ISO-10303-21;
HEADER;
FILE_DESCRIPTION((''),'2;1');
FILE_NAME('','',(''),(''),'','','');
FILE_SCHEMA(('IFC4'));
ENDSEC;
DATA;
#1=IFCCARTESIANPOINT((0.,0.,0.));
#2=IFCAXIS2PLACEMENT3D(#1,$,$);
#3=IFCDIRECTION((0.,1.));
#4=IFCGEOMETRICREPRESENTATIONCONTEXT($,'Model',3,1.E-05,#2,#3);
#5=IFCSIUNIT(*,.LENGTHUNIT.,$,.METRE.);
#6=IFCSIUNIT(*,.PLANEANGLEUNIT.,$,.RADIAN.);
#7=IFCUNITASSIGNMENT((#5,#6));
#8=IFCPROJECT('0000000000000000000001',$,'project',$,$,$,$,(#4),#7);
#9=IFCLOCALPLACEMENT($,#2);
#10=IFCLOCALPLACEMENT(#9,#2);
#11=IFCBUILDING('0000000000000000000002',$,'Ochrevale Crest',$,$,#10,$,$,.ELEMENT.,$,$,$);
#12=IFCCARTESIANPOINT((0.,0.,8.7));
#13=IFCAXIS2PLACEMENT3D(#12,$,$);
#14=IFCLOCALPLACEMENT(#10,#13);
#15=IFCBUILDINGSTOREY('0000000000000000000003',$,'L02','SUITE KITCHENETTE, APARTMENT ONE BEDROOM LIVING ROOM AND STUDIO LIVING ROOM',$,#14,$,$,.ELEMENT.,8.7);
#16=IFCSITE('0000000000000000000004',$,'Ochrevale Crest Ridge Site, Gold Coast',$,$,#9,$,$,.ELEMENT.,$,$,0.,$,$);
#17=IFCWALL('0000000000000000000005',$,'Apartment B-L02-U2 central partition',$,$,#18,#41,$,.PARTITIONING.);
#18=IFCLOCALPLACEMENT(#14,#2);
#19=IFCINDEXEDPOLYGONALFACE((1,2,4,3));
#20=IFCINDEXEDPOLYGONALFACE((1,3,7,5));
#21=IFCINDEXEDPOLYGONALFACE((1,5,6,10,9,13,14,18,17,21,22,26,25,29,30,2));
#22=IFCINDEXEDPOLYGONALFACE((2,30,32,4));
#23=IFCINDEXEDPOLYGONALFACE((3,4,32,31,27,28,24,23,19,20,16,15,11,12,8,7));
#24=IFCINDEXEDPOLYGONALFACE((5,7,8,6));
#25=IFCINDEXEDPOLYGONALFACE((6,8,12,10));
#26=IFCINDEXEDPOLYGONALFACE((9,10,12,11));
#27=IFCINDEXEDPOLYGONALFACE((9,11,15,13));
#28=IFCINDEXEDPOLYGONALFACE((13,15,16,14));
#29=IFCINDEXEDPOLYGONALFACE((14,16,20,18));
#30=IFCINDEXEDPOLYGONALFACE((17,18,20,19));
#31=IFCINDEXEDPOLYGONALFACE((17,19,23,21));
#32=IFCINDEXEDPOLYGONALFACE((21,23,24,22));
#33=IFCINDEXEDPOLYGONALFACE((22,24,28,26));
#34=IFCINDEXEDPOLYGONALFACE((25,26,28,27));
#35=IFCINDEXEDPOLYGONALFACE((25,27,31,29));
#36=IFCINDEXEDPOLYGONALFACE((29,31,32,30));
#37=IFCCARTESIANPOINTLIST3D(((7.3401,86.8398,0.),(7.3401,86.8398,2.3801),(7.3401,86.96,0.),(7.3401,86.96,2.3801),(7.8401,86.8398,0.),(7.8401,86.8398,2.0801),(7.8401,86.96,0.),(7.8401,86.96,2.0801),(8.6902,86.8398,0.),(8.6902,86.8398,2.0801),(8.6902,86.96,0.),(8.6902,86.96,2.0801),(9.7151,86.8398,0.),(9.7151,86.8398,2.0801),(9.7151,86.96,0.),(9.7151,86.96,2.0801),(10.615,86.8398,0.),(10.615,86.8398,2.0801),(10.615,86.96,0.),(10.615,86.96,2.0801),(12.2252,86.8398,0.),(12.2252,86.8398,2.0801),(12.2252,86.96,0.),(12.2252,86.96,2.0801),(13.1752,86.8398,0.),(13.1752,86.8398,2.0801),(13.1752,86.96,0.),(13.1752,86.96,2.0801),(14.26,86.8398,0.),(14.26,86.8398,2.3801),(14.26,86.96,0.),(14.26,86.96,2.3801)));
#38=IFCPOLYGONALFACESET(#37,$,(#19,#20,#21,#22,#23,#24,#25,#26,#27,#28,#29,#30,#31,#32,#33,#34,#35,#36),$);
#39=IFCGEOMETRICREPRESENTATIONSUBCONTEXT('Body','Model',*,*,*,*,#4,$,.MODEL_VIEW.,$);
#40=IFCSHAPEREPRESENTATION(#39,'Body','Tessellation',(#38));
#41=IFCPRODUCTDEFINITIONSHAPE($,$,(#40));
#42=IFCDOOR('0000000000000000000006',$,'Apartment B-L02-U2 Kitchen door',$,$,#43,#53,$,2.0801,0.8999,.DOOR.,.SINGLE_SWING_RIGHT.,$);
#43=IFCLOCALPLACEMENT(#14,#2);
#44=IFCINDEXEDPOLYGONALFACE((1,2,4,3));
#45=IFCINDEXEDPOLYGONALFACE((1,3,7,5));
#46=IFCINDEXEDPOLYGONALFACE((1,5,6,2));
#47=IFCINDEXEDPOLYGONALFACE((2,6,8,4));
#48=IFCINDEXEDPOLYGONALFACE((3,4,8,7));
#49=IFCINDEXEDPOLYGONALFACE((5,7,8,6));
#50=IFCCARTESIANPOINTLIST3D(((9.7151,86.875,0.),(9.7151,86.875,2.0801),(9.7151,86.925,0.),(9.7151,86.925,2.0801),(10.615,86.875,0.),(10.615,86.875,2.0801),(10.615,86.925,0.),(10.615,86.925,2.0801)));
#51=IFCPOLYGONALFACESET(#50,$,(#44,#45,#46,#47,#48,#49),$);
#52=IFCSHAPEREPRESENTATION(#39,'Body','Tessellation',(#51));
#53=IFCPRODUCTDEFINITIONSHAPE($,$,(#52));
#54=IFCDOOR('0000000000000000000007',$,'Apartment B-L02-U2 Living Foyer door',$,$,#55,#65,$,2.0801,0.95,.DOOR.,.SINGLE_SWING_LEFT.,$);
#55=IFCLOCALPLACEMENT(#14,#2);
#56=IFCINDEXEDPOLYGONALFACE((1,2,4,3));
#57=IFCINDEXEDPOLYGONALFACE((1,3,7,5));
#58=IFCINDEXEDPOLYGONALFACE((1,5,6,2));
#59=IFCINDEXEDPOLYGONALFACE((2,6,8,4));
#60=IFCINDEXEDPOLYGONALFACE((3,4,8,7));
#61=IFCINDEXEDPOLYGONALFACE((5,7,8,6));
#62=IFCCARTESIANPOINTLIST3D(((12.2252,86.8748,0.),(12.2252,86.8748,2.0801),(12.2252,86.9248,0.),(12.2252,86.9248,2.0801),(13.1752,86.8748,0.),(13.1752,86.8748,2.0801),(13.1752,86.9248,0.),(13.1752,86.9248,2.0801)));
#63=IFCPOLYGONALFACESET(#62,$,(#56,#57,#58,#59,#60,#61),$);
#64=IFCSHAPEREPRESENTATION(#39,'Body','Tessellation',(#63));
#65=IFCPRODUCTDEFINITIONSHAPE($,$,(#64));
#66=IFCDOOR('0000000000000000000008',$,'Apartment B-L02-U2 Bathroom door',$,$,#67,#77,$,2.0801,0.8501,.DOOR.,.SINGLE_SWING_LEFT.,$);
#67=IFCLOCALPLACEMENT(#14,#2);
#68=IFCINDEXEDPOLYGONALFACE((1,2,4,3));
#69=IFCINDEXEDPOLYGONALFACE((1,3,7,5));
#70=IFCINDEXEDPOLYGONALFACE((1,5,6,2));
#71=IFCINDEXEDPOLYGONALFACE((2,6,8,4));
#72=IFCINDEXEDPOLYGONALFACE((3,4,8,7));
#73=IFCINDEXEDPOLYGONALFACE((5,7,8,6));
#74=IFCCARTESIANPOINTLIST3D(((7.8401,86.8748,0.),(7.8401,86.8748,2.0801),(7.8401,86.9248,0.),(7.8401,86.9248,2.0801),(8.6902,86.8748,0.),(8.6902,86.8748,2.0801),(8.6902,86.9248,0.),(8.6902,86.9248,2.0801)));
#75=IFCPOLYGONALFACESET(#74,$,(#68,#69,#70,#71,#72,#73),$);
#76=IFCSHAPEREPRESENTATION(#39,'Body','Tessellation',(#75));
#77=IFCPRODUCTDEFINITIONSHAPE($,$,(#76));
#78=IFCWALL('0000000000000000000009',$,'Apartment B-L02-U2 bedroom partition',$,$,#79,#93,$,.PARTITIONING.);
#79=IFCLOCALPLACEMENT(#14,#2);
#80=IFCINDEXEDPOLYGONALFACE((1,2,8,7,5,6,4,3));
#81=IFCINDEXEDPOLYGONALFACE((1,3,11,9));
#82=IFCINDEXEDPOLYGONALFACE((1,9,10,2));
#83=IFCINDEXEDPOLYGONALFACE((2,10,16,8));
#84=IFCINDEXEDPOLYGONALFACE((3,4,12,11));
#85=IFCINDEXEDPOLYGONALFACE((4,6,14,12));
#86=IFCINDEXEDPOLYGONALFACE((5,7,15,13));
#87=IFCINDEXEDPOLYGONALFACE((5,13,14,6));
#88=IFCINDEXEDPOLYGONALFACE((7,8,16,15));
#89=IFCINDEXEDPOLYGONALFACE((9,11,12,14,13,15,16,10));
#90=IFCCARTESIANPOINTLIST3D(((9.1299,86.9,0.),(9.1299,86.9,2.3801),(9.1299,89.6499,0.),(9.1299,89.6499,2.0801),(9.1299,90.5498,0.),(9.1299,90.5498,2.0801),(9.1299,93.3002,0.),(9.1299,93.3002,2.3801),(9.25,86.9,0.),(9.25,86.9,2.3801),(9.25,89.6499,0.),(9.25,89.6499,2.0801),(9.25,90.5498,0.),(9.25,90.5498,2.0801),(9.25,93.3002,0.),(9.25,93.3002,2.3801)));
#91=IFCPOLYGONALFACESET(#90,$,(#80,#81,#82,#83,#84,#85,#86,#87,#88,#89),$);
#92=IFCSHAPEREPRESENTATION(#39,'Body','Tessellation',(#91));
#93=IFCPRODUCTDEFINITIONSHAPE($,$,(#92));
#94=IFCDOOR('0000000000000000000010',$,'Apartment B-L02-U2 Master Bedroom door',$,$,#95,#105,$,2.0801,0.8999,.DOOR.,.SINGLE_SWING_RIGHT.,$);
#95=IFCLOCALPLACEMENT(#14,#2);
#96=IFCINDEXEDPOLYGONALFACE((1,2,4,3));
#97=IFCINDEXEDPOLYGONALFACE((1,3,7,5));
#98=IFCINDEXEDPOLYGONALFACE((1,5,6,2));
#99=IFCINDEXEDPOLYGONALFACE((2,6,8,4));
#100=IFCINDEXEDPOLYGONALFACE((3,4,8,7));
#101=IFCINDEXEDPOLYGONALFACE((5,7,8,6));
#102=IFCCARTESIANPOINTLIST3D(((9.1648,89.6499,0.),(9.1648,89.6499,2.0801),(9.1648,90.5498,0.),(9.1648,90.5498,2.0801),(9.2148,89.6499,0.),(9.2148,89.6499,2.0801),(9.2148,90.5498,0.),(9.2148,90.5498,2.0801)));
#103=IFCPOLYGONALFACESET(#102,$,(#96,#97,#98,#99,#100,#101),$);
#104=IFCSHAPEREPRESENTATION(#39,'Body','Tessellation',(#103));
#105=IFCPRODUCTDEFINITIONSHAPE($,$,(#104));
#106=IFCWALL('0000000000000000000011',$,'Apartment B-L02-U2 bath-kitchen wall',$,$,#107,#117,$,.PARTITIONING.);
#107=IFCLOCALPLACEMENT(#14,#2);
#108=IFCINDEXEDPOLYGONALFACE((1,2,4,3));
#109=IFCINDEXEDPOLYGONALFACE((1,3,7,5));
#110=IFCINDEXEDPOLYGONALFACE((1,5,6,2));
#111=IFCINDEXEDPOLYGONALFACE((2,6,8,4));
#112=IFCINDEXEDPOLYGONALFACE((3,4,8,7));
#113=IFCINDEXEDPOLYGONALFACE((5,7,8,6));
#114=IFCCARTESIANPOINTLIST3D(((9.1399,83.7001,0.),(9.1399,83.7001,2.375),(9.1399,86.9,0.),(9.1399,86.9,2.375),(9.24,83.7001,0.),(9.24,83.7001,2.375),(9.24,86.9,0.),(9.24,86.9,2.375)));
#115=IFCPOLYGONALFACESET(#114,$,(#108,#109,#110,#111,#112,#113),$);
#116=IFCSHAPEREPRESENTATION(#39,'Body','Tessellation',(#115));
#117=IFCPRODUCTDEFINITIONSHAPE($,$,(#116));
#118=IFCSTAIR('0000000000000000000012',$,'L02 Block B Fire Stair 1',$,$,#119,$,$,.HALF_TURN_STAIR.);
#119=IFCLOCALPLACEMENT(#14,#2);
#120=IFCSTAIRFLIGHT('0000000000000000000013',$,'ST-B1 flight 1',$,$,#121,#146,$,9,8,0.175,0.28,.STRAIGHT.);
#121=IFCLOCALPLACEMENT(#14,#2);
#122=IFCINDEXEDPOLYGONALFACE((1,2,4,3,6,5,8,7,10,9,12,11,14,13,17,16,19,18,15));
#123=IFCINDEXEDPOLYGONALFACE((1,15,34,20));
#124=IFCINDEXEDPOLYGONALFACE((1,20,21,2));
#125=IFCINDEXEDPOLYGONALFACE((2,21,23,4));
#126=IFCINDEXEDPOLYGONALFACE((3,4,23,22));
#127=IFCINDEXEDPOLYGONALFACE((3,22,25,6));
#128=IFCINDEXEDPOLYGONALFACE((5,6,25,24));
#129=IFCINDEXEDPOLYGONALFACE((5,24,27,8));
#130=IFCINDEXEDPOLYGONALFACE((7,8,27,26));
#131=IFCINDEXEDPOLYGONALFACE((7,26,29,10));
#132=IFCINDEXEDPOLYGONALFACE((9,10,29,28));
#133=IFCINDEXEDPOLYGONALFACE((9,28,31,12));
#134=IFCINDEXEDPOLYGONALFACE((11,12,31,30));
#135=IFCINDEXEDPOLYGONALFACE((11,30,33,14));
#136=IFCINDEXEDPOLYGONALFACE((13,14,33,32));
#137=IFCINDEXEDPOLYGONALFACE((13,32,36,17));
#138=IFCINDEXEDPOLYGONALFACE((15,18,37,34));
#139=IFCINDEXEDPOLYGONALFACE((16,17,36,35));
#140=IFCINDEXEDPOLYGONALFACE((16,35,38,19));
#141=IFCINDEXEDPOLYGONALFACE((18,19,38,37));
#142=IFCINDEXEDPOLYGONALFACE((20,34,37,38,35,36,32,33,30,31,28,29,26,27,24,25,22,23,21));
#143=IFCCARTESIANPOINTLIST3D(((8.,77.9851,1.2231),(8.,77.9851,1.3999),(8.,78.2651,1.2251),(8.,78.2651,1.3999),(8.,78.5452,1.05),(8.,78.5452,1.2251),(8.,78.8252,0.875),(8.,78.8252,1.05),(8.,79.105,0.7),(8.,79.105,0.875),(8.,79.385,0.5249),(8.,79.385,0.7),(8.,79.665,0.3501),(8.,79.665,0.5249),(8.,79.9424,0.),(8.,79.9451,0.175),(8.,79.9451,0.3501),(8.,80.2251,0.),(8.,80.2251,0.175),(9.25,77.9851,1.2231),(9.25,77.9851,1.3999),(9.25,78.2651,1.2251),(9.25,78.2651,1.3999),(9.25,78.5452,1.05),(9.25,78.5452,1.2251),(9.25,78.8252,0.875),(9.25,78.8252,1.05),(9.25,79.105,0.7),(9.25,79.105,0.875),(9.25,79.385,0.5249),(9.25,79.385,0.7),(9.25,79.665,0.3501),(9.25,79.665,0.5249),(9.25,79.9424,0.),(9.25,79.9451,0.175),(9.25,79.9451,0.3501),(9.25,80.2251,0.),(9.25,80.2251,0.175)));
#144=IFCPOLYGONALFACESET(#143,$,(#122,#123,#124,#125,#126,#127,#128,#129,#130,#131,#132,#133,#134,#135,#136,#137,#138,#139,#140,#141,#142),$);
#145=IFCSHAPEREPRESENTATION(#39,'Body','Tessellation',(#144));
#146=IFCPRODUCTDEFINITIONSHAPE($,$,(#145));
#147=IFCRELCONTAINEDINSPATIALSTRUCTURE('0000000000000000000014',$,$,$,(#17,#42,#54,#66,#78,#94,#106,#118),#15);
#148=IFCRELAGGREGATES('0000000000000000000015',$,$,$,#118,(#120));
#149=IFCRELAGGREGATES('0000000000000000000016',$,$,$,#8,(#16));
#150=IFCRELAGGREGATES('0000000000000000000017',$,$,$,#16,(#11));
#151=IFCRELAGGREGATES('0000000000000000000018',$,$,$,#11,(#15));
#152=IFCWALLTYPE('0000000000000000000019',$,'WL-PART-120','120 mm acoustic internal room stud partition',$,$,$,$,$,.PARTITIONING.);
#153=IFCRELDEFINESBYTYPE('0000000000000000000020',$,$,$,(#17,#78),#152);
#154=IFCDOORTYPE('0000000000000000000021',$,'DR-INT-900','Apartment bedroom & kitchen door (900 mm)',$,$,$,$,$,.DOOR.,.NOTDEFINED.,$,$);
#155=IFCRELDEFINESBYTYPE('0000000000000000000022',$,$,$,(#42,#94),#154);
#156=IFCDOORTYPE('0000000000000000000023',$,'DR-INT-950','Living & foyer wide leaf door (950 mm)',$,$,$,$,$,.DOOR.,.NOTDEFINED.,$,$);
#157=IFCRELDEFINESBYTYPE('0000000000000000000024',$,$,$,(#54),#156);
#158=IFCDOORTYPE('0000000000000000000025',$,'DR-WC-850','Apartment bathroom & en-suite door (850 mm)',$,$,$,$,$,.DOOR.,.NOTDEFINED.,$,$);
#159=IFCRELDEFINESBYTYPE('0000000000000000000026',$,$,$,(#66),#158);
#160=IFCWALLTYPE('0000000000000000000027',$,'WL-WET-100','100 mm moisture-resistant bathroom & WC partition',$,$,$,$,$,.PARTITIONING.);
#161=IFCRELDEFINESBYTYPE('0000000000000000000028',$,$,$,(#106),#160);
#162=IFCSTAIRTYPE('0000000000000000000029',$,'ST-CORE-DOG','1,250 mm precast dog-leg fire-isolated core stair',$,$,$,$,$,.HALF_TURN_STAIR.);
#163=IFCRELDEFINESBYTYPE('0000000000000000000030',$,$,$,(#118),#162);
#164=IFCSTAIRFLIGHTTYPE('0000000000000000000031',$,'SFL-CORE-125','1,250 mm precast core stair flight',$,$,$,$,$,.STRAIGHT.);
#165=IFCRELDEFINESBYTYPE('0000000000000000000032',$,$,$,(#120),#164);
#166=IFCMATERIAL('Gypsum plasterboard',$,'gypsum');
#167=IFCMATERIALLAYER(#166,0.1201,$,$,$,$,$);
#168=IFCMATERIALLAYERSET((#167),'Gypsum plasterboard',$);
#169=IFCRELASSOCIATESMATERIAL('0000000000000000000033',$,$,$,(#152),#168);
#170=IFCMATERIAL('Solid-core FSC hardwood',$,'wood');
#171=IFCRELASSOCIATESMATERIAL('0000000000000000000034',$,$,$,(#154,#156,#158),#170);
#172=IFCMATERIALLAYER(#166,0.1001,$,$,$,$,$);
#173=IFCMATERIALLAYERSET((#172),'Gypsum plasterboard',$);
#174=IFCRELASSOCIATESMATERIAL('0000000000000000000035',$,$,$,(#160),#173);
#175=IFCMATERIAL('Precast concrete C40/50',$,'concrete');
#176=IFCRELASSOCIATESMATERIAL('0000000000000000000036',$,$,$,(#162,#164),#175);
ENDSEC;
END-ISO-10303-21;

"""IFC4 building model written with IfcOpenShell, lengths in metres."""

from ifc_helpers import new_model, si_unit, direction, frame, frame_2d, origin, place, context, subcontext, project, spatial, polyline, rectangle, outline, extrude, material, layer, layer_set, type_object, element, fill, aggregate, save


model = new_model("IFC4")

# Units and contexts
model_context = context("Model", 3, precision=1e-05, world=origin(), true_north=direction((0.0, 1.0)))
body_context = subcontext(model_context, "Body", "Model", "MODEL_VIEW")
ifc_project = project(units=[si_unit("LENGTHUNIT", "METRE"), si_unit("PLANEANGLEUNIT", "RADIAN")], contexts=[model_context])

# Site, building, storey
site_placement = place(None, origin())
site = spatial("IfcSite", under=ifc_project, at=site_placement, Name="Ochrevale Crest Ridge Site, Gold Coast", CompositionType="ELEMENT", RefElevation=0.0)
building_placement = place(site_placement, origin())
building = spatial("IfcBuilding", under=site, at=building_placement, Name="Ochrevale Crest", CompositionType="ELEMENT")
storey_placement = place(building_placement, frame((0.0, 0.0, 8.7)))
storey = spatial("IfcBuildingStorey", under=building, at=storey_placement, Name="L02", Description="SUITE KITCHENETTE, APARTMENT ONE BEDROOM LIVING ROOM AND STUDIO LIVING ROOM", CompositionType="ELEMENT", Elevation=8.7)

# Shared definitions
ifc_material_1 = material(Name="Gypsum plasterboard", Category="gypsum")
ifc_material_2 = material(Name="Solid-core FSC hardwood", Category="wood")

# Wall, openings, doors
ifc_layer_1 = layer(ifc_material_1, 0.1201)
ifc_layer_set_1 = layer_set([ifc_layer_1], Name="Gypsum plasterboard")
wall_type_1 = type_object("IfcWallType", Name="WL-PART-120", Description="120 mm acoustic internal room stud partition", PredefinedType="PARTITIONING", material=ifc_layer_set_1)
wall_1_placement = place(storey_placement, frame((7.3401, 86.8999, 0.0), z_axis=(0.0, 0.0, 1.0), x_axis=(1.0, 0.0, 0.0)))
wall_1 = element("IfcWall", 1, at=wall_1_placement, inside=storey, type_object=wall_type_1, Name="Apartment B-L02-U2 central partition", PredefinedType="PARTITIONING", context=body_context, shape_type="SweptSolid", body=[
    extrude(rectangle(XDim=6.9199, YDim=0.1201, at=frame_2d((3.46, 0.0))), origin(), (0.0, 0.0, 1.0), 2.3801),
])
opening_1_placement = place(wall_1_placement, frame((0.5, 0.0, 0.0)))
opening_1 = element("IfcOpeningElement", 2, at=opening_1_placement, cuts=wall_1, PredefinedType="OPENING", context=body_context, shape_type="SweptSolid", body=[
    extrude(rectangle(XDim=0.8501, YDim=2.0801, at=frame_2d((0.425, 1.04))), frame((0.0, 0.0701, 0.0), z_axis=(0.0, -1.0, 0.0), x_axis=(1.0, 0.0, 0.0)), (0.0, 0.0, 1.0), 0.1401),
])
opening_2_placement = place(wall_1_placement, frame((3.2749, 0.0, 0.0), z_axis=(0.0, 0.0, 1.0), x_axis=(-1.0, 0.0, 0.0)))
opening_2 = element("IfcOpeningElement", 3, at=opening_2_placement, cuts=wall_1, PredefinedType="OPENING", context=body_context, shape_type="SweptSolid", body=[
    extrude(rectangle(XDim=0.8999, YDim=2.0801, at=frame_2d((0.45, 1.04))), frame((0.0, 0.0701, 0.0), z_axis=(0.0, -1.0, 0.0), x_axis=(1.0, 0.0, 0.0)), (0.0, 0.0, 1.0), 0.1401),
])
opening_3_placement = place(wall_1_placement, frame((4.885, 0.0, 0.0)))
opening_3 = element("IfcOpeningElement", 4, at=opening_3_placement, cuts=wall_1, PredefinedType="OPENING", context=body_context, shape_type="SweptSolid", body=[
    extrude(rectangle(XDim=0.95, YDim=2.0801, at=frame_2d((0.4751, 1.04))), frame((0.0, 0.0701, 0.0), z_axis=(0.0, -1.0, 0.0), x_axis=(1.0, 0.0, 0.0)), (0.0, 0.0, 1.0), 0.1401),
])
door_type_1 = type_object("IfcDoorType", Name="DR-INT-900", Description="Apartment bedroom & kitchen door (900 mm)", OperationType="NOTDEFINED", PredefinedType="DOOR", material=ifc_material_2)
door_1_placement = place(opening_2_placement, origin())
door_1 = element("IfcDoor", 5, at=door_1_placement, inside=storey, type_object=door_type_1, Name="Apartment B-L02-U2 Kitchen door", OperationType="SINGLE_SWING_RIGHT", OverallHeight=2.0801, OverallWidth=0.8999, PredefinedType="DOOR", context=body_context, shape_type="SweptSolid", body=[
    extrude(rectangle(XDim=0.8999, YDim=2.0801, at=frame_2d((0.45, 1.04))), frame((0.0, 0.0249, 0.0), z_axis=(0.0, -1.0, 0.0), x_axis=(1.0, 0.0, 0.0)), (0.0, 0.0, 1.0), 0.05),
])
fill(opening_2, door_1)
door_type_2 = type_object("IfcDoorType", Name="DR-INT-950", Description="Living & foyer wide leaf door (950 mm)", OperationType="NOTDEFINED", PredefinedType="DOOR", material=ifc_material_2)
door_2_placement = place(opening_3_placement, origin())
door_2 = element("IfcDoor", 6, at=door_2_placement, inside=storey, type_object=door_type_2, Name="Apartment B-L02-U2 Living Foyer door", OperationType="SINGLE_SWING_LEFT", OverallHeight=2.0801, OverallWidth=0.95, PredefinedType="DOOR", context=body_context, shape_type="SweptSolid", body=[
    extrude(rectangle(XDim=0.95, YDim=2.0801, at=frame_2d((0.4751, 1.04))), frame((0.0, 0.0249, 0.0), z_axis=(0.0, -1.0, 0.0), x_axis=(1.0, 0.0, 0.0)), (0.0, 0.0, 1.0), 0.05),
])
fill(opening_3, door_2)
door_type_3 = type_object("IfcDoorType", Name="DR-WC-850", Description="Apartment bathroom & en-suite door (850 mm)", OperationType="NOTDEFINED", PredefinedType="DOOR", material=ifc_material_2)
door_3_placement = place(opening_1_placement, origin())
door_3 = element("IfcDoor", 7, at=door_3_placement, inside=storey, type_object=door_type_3, Name="Apartment B-L02-U2 Bathroom door", OperationType="SINGLE_SWING_LEFT", OverallHeight=2.0801, OverallWidth=0.8501, PredefinedType="DOOR", context=body_context, shape_type="SweptSolid", body=[
    extrude(rectangle(XDim=0.8501, YDim=2.0801, at=frame_2d((0.425, 1.04))), frame((0.0, 0.0249, 0.0), z_axis=(0.0, -1.0, 0.0), x_axis=(1.0, 0.0, 0.0)), (0.0, 0.0, 1.0), 0.05),
])
fill(opening_1, door_3)

# Wall, opening, door
wall_2_placement = place(storey_placement, frame((9.1899, 86.8999, 0.0), z_axis=(0.0, 0.0, 1.0), x_axis=(0.0, 1.0, 0.0)))
wall_2 = element("IfcWall", 8, at=wall_2_placement, inside=storey, type_object=wall_type_1, Name="Apartment B-L02-U2 bedroom partition", PredefinedType="PARTITIONING", context=body_context, shape_type="SweptSolid", body=[
    extrude(rectangle(XDim=6.4001, YDim=0.1201, at=frame_2d((3.2002, 0.0))), origin(), (0.0, 0.0, 1.0), 2.3801),
])
opening_4_placement = place(wall_2_placement, frame((3.6499, 0.0, 0.0), z_axis=(0.0, 0.0, 1.0), x_axis=(-1.0, 0.0, 0.0)))
opening_4 = element("IfcOpeningElement", 9, at=opening_4_placement, cuts=wall_2, PredefinedType="OPENING", context=body_context, shape_type="SweptSolid", body=[
    extrude(rectangle(XDim=0.8999, YDim=2.0801, at=frame_2d((0.45, 1.04))), frame((0.0, 0.0701, 0.0), z_axis=(0.0, -1.0, 0.0), x_axis=(1.0, 0.0, 0.0)), (0.0, 0.0, 1.0), 0.1401),
])
door_4_placement = place(opening_4_placement, origin())
door_4 = element("IfcDoor", 10, at=door_4_placement, inside=storey, type_object=door_type_1, Name="Apartment B-L02-U2 Master Bedroom door", OperationType="SINGLE_SWING_RIGHT", OverallHeight=2.0801, OverallWidth=0.8999, PredefinedType="DOOR", context=body_context, shape_type="SweptSolid", body=[
    extrude(rectangle(XDim=0.8999, YDim=2.0801, at=frame_2d((0.45, 1.04))), frame((0.0, 0.0249, 0.0), z_axis=(0.0, -1.0, 0.0), x_axis=(1.0, 0.0, 0.0)), (0.0, 0.0, 1.0), 0.05),
])
fill(opening_4, door_4)

# Wall
ifc_layer_2 = layer(ifc_material_1, 0.1001)
ifc_layer_set_2 = layer_set([ifc_layer_2], Name="Gypsum plasterboard")
wall_type_2 = type_object("IfcWallType", Name="WL-WET-100", Description="100 mm moisture-resistant bathroom & WC partition", PredefinedType="PARTITIONING", material=ifc_layer_set_2)
wall_3_placement = place(storey_placement, frame((9.1899, 83.7, 0.0), z_axis=(0.0, 0.0, 1.0), x_axis=(0.0, 1.0, 0.0)))
element("IfcWall", 11, at=wall_3_placement, inside=storey, type_object=wall_type_2, Name="Apartment B-L02-U2 bath-kitchen wall", PredefinedType="PARTITIONING", context=body_context, shape_type="SweptSolid", body=[
    extrude(rectangle(XDim=3.2, YDim=0.1001, at=frame_2d((1.6001, 0.0))), origin(), (0.0, 0.0, 1.0), 2.375),
])

# Stair, stair flight
ifc_material_3 = material(Name="Precast concrete C40/50", Category="concrete")
stair_type = type_object("IfcStairType", Name="ST-CORE-DOG", Description="1,250 mm precast dog-leg fire-isolated core stair", PredefinedType="HALF_TURN_STAIR", material=ifc_material_3)
stair_placement = place(storey_placement, origin())
stair = element("IfcStair", 12, at=stair_placement, inside=storey, type_object=stair_type, Name="L02 Block B Fire Stair 1", PredefinedType="HALF_TURN_STAIR")
stair_flight_type = type_object("IfcStairFlightType", Name="SFL-CORE-125", Description="1,250 mm precast core stair flight", PredefinedType="STRAIGHT", material=ifc_material_3)
stair_flight_placement = place(storey_placement, frame((8.625, 80.2251, 0.0), z_axis=(0.0, 0.0, 1.0), x_axis=(0.0, -1.0, 0.0)))
stair_flight = element("IfcStairFlight", 13, at=stair_flight_placement, type_object=stair_flight_type, Name="ST-B1 flight 1", NumberOfRisers=9, NumberOfTreads=8, PredefinedType="STRAIGHT", RiserHeight=0.175, TreadLength=0.28, context=body_context, shape_type="SweptSolid", body=[
    extrude(outline(polyline([(0.0, 0.0), (0.0, 0.175), (0.28, 0.175), (0.28, 0.3501), (0.5601, 0.3501), (0.5601, 0.5249), (0.8401, 0.5249), (0.8401, 0.7), (1.1201, 0.7), (1.1201, 0.875), (1.3999, 0.875), (1.3999, 1.05), (1.6799, 1.05), (1.6799, 1.2251), (1.96, 1.2251), (1.96, 1.3999), (2.24, 1.3999), (2.24, 1.575), (2.24, 1.2231), (0.2827, 0.0), (0.0, 0.0)])), frame((0.0, 0.625, 0.0), z_axis=(0.0, -1.0, 0.0), x_axis=(1.0, 0.0, 0.0)), (0.0, 0.0, 1.0), 1.25),
])
aggregate(stair, [stair_flight])

save(model, "model.ifc")
